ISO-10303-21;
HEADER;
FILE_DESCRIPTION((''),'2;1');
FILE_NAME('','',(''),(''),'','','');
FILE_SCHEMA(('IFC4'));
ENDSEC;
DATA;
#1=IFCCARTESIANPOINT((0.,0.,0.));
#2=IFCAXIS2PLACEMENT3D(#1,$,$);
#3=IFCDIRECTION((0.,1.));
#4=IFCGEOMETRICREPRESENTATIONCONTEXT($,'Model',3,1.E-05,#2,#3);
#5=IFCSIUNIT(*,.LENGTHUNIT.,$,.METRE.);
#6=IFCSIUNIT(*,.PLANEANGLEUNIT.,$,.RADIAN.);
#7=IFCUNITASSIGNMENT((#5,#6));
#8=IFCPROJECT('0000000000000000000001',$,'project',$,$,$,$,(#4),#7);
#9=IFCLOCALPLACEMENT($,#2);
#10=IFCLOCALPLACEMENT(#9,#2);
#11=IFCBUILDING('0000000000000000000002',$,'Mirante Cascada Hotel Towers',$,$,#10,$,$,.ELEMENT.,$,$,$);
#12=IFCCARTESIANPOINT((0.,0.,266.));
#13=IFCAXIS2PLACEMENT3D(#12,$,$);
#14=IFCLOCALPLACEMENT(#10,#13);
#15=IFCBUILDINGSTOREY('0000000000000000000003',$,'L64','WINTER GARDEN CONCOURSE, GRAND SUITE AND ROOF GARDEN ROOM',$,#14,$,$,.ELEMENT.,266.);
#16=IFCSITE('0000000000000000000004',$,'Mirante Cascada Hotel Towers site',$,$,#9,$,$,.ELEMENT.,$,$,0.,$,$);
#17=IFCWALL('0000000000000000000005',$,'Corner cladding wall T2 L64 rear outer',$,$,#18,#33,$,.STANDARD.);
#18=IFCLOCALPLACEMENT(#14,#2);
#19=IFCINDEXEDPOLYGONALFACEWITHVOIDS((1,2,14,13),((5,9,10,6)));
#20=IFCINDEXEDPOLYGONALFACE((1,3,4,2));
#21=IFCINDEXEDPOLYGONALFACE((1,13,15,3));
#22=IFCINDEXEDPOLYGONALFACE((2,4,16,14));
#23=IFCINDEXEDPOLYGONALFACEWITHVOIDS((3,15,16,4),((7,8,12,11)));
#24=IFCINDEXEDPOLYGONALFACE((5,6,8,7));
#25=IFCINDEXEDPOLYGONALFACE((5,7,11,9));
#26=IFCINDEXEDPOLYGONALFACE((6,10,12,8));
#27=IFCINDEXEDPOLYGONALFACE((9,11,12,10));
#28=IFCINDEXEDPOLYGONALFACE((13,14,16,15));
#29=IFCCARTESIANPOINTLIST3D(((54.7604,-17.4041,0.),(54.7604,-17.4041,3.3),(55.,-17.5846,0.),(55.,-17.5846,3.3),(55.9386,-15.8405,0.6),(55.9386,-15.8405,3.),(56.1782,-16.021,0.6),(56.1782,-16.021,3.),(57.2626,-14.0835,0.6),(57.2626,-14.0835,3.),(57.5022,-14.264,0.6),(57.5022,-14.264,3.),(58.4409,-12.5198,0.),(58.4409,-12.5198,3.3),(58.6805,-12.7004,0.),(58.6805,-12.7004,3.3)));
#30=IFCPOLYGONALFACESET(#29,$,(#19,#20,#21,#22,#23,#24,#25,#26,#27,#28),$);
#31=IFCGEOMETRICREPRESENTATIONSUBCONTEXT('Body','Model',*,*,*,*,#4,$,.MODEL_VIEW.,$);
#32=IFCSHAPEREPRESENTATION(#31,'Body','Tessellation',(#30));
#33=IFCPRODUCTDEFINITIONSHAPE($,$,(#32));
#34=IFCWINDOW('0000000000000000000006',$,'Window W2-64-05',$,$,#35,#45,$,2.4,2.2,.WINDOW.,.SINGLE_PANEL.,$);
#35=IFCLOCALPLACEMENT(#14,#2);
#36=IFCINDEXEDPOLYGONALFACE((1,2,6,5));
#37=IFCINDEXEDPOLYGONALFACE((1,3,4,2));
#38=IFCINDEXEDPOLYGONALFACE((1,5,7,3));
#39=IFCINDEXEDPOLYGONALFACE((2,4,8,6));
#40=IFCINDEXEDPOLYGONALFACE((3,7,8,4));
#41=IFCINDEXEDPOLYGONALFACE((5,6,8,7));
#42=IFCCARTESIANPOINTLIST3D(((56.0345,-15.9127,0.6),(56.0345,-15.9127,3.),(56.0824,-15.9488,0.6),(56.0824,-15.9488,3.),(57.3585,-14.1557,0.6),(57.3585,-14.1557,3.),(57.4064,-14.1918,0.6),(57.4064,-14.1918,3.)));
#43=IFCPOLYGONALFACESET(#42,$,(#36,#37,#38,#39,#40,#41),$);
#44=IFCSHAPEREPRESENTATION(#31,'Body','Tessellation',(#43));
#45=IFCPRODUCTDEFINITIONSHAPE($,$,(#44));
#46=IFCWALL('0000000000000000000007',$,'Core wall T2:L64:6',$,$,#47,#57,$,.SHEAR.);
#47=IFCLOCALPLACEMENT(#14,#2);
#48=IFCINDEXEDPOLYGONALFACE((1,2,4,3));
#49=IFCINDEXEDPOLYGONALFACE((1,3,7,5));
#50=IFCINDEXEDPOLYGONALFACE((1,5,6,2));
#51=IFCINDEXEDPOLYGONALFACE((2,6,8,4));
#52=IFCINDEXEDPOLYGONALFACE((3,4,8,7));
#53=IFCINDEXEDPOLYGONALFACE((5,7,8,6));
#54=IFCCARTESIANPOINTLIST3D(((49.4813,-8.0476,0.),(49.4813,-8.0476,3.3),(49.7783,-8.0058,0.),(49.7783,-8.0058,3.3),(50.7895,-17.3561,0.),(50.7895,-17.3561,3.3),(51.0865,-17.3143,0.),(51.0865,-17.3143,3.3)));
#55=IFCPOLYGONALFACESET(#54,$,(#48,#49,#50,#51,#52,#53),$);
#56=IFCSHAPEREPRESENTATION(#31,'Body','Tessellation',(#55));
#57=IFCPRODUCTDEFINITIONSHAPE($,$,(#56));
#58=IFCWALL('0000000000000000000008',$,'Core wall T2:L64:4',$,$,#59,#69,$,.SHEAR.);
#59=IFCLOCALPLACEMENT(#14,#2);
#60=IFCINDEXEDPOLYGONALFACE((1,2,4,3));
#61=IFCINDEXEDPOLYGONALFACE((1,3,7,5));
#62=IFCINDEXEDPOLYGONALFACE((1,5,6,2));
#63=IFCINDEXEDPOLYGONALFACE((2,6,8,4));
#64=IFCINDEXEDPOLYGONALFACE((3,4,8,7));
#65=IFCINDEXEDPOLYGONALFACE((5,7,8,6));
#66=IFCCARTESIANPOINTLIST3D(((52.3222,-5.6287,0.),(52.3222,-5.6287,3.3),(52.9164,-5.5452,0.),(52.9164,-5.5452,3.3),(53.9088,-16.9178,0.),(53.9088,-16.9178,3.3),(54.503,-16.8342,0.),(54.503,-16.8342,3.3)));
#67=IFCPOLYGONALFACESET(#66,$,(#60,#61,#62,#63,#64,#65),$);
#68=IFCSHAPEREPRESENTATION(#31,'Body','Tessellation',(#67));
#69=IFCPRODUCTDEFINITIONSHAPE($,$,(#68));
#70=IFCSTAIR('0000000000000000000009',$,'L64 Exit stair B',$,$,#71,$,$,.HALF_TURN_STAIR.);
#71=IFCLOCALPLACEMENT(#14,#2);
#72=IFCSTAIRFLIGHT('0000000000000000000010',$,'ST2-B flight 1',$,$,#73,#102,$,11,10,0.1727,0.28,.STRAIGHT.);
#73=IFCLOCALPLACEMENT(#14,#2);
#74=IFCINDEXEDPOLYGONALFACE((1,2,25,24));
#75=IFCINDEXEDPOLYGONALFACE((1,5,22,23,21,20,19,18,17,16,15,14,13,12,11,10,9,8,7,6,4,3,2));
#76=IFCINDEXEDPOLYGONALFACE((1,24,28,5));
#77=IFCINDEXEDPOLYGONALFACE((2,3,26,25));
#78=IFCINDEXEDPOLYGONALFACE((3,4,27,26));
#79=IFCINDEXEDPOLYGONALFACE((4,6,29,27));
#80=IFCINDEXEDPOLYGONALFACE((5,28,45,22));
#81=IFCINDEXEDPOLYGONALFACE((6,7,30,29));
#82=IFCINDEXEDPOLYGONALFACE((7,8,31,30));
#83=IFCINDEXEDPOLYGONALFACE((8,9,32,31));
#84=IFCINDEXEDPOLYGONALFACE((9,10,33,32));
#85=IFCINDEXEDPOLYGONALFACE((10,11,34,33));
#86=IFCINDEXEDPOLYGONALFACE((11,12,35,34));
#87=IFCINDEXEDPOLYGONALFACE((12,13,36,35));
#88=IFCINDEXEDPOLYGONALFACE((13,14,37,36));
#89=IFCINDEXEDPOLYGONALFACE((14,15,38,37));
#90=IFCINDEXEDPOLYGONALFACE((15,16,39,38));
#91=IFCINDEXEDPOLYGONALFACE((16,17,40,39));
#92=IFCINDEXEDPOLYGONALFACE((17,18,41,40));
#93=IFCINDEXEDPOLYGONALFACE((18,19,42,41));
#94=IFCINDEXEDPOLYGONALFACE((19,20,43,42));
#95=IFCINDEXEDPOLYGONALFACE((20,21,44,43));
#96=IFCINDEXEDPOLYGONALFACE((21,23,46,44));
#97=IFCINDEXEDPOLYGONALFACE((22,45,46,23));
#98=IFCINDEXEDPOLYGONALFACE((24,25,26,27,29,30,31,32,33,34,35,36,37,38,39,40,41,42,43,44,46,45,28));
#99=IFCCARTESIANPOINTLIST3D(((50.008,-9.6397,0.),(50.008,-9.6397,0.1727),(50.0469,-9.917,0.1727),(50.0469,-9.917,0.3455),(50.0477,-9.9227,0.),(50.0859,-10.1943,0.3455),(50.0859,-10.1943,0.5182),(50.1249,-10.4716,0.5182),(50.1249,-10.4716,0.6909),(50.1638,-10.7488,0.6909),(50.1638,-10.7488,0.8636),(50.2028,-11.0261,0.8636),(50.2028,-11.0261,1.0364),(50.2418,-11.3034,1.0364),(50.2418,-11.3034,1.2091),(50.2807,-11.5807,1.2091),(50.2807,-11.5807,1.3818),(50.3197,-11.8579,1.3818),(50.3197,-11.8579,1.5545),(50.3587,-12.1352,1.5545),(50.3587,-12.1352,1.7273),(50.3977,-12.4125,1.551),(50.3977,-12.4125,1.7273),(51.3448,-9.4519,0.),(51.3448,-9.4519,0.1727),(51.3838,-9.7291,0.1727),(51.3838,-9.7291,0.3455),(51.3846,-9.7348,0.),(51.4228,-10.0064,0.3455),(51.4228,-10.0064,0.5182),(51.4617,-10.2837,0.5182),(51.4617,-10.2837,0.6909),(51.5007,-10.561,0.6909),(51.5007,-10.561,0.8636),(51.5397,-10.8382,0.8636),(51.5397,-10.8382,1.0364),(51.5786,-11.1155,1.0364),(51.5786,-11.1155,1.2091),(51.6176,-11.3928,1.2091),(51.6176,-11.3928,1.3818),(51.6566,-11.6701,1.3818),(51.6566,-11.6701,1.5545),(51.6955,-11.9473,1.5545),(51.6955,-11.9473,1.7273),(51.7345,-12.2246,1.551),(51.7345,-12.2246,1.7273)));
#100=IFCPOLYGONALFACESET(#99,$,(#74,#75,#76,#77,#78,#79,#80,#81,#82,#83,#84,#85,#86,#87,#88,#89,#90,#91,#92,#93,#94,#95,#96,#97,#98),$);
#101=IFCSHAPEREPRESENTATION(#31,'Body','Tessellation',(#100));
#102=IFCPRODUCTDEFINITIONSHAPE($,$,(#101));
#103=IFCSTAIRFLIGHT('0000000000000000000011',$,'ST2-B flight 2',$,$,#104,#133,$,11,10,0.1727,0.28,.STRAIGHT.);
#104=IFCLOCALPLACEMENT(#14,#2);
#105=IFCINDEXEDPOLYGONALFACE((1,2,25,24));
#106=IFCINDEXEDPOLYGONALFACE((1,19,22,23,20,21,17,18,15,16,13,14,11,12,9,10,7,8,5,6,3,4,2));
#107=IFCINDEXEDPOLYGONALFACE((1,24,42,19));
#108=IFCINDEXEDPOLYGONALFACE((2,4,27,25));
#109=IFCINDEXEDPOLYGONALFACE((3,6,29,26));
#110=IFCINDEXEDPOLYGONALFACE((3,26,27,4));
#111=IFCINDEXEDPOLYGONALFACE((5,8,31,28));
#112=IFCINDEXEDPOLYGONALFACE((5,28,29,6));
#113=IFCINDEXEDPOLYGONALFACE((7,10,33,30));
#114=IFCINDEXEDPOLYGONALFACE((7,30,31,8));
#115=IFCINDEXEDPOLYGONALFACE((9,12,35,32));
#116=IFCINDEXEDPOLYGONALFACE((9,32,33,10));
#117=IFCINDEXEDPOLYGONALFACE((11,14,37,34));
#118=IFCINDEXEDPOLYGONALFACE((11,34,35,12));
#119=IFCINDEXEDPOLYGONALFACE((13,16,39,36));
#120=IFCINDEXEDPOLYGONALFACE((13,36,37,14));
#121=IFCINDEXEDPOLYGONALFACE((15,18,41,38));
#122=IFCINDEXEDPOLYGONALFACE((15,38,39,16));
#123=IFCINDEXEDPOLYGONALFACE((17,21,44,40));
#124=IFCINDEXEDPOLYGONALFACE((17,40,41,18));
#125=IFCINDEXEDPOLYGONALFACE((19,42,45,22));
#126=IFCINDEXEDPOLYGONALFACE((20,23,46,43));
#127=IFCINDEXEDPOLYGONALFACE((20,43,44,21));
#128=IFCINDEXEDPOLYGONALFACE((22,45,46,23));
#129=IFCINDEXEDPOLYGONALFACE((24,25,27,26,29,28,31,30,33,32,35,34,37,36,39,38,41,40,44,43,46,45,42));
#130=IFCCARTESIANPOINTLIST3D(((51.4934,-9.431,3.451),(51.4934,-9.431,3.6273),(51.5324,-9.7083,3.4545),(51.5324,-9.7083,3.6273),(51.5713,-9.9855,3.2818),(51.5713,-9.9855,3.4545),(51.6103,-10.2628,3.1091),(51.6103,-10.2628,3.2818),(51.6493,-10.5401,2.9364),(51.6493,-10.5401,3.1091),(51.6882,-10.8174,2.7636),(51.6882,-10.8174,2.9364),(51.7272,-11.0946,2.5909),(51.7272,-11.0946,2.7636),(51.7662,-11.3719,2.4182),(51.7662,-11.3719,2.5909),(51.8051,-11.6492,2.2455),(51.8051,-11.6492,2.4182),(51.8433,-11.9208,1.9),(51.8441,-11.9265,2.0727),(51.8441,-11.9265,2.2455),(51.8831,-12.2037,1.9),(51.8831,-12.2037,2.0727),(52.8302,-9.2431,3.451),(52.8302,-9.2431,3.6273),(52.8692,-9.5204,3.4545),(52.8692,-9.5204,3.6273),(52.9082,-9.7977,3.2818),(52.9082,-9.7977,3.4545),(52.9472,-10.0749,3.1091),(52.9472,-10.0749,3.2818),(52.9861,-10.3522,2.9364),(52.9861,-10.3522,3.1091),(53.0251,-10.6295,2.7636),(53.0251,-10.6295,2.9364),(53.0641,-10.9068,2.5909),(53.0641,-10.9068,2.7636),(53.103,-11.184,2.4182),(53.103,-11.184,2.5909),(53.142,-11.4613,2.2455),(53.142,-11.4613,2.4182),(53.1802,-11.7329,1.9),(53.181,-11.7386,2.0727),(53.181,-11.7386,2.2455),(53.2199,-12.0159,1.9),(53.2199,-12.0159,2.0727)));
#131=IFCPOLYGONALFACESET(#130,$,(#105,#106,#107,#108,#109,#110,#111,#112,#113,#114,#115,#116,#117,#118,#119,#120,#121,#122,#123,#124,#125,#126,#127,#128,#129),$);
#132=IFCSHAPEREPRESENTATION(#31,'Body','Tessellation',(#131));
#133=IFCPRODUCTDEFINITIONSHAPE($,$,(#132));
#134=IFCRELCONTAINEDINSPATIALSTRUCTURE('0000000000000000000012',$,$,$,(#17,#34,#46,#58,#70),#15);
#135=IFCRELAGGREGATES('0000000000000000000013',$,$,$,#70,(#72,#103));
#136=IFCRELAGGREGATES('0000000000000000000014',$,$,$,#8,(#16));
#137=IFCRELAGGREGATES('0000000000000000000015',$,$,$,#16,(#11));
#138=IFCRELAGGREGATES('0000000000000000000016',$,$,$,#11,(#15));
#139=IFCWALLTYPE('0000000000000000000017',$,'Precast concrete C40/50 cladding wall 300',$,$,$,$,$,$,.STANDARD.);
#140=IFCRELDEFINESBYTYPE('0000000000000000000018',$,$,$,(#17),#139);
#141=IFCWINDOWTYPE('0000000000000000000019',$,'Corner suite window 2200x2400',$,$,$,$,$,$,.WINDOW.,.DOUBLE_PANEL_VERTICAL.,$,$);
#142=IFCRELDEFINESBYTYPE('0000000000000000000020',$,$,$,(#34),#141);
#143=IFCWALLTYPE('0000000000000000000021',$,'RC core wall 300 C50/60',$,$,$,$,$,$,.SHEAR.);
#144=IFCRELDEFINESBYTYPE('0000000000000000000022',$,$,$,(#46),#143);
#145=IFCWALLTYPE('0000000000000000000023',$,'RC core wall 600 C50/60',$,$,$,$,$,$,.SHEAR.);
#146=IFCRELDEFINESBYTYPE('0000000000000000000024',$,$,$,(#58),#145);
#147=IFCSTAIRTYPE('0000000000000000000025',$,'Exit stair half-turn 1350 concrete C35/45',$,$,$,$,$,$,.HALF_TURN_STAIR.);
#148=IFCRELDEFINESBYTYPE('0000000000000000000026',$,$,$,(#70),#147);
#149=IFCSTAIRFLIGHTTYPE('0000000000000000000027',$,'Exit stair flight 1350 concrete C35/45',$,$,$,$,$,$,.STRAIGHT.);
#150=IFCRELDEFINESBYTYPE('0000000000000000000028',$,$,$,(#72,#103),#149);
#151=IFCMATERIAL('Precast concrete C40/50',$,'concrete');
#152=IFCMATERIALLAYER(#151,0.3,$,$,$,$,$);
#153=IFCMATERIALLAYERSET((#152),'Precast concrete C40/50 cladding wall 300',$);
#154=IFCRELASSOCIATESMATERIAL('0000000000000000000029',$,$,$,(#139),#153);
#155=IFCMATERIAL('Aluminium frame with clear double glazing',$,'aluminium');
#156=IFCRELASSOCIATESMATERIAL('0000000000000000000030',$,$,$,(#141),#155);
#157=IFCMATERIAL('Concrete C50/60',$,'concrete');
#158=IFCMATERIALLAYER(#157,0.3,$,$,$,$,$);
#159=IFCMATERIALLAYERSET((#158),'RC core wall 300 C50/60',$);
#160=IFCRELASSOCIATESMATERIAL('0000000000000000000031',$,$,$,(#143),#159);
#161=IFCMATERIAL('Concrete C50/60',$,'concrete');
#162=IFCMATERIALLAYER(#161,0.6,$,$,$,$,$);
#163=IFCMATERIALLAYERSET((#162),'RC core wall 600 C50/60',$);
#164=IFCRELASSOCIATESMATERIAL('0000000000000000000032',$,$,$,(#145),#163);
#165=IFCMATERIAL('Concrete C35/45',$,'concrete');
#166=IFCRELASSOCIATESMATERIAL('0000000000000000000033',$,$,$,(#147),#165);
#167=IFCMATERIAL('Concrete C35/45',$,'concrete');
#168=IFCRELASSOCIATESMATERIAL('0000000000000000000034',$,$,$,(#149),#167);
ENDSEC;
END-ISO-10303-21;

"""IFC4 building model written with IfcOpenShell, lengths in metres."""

from ifc_helpers import new_model, si_unit, direction, frame, frame_2d, origin, place, context, subcontext, project, spatial, polyline, rectangle, outline, extrude, material, layer, layer_set, type_object, element, fill, aggregate, save


model = new_model("IFC4")

# Units and contexts
model_context = context("Model", 3, precision=1e-05, world=origin(), true_north=direction((0.0, 1.0)))
body_context = subcontext(model_context, "Body", "Model", "MODEL_VIEW")
ifc_project = project(units=[si_unit("LENGTHUNIT", "METRE"), si_unit("PLANEANGLEUNIT", "RADIAN")], contexts=[model_context])

# Site, building, storey
site_placement = place(None, origin())
site = spatial("IfcSite", under=ifc_project, at=site_placement, Name="Mirante Cascada Hotel Towers site", CompositionType="ELEMENT", RefElevation=0.0)
building_placement = place(site_placement, origin())
building = spatial("IfcBuilding", under=site, at=building_placement, Name="Mirante Cascada Hotel Towers", CompositionType="ELEMENT")
storey_placement = place(building_placement, frame((0.0, 0.0, 266.0)))
storey = spatial("IfcBuildingStorey", under=building, at=storey_placement, Name="L64", Description="WINTER GARDEN CONCOURSE, GRAND SUITE AND ROOF GARDEN ROOM", CompositionType="ELEMENT", Elevation=266.0)

# Wall, opening, window
ifc_material_1 = material(Name="Precast concrete C40/50", Category="concrete")
ifc_layer_1 = layer(ifc_material_1, 0.3)
ifc_layer_set_1 = layer_set([ifc_layer_1], Name="Precast concrete C40/50 cladding wall 300")
wall_type_1 = type_object("IfcWallType", Name="Precast concrete C40/50 cladding wall 300", PredefinedType="STANDARD", material=ifc_layer_set_1)
wall_1_placement = place(storey_placement, frame((54.8802, -17.4943, 0.0), z_axis=(0.0, 0.0, 1.0), x_axis=(0.601814, 0.798636, 0.0)))
wall_1 = element("IfcWall", 1, at=wall_1_placement, inside=storey, type_object=wall_type_1, Name="Corner cladding wall T2 L64 rear outer", PredefinedType="STANDARD", context=body_context, shape_type="SweptSolid", body=[
    extrude(rectangle(XDim=6.1157, YDim=0.3, at=frame_2d((3.0578, 0.0))), origin(), (0.0, 0.0, 1.0), 3.3),
])
opening_1_placement = place(wall_1_placement, frame((1.9578, 0.0, 0.6)))
opening_1 = element("IfcOpeningElement", 2, at=opening_1_placement, cuts=wall_1, PredefinedType="OPENING", context=body_context, shape_type="SweptSolid", body=[
    extrude(rectangle(XDim=2.2, YDim=2.4, at=frame_2d((1.1, 1.2))), frame((0.0, 0.15, 0.0), z_axis=(0.0, -1.0, 0.0), x_axis=(1.0, 0.0, 0.0)), (0.0, 0.0, 1.0), 0.3),
])
ifc_material_2 = material(Name="Aluminium frame with clear double glazing", Category="aluminium")
window_type = type_object("IfcWindowType", Name="Corner suite window 2200x2400", PartitioningType="DOUBLE_PANEL_VERTICAL", PredefinedType="WINDOW", material=ifc_material_2)
window_placement = place(opening_1_placement, origin())
window = element("IfcWindow", 3, at=window_placement, inside=storey, type_object=window_type, Name="Window W2-64-05", OverallHeight=2.4, OverallWidth=2.2, PartitioningType="SINGLE_PANEL", PredefinedType="WINDOW", context=body_context, shape_type="SweptSolid", body=[
    extrude(rectangle(XDim=2.2, YDim=2.4, at=frame_2d((1.1, 1.2))), frame((0.0, 0.03, 0.0), z_axis=(0.0, -1.0, 0.0), x_axis=(1.0, 0.0, 0.0)), (0.0, 0.0, 1.0), 0.06),
])
fill(opening_1, window)

# Walls
ifc_material_3 = material(Name="Concrete C50/60", Category="concrete")
ifc_layer_2 = layer(ifc_material_3, 0.3)
ifc_layer_set_2 = layer_set([ifc_layer_2], Name="RC core wall 300 C50/60")
wall_type_2 = type_object("IfcWallType", Name="RC core wall 300 C50/60", PredefinedType="SHEAR", material=ifc_layer_set_2)
wall_2_placement = place(storey_placement, frame((50.938, -17.3352, 0.0), z_axis=(0.0, 0.0, 1.0), x_axis=(-0.139171, 0.990268, 0.0)))
element("IfcWall", 4, at=wall_2_placement, inside=storey, type_object=wall_type_2, Name="Core wall T2:L64:6", PredefinedType="SHEAR", context=body_context, shape_type="SweptSolid", body=[
    extrude(rectangle(XDim=9.4, YDim=0.3, at=frame_2d((4.7, 0.0))), origin(), (0.0, 0.0, 1.0), 3.3),
])
ifc_material_4 = material(Name="Concrete C50/60", Category="concrete")
ifc_layer_3 = layer(ifc_material_4, 0.6)
ifc_layer_set_3 = layer_set([ifc_layer_3], Name="RC core wall 600 C50/60")
wall_type_3 = type_object("IfcWallType", Name="RC core wall 600 C50/60", PredefinedType="SHEAR", material=ifc_layer_set_3)
wall_3_placement = place(storey_placement, frame((54.2059, -16.876, 0.0), z_axis=(0.0, 0.0, 1.0), x_axis=(-0.139175, 0.990268, 0.0)))
element("IfcWall", 5, at=wall_3_placement, inside=storey, type_object=wall_type_3, Name="Core wall T2:L64:4", PredefinedType="SHEAR", context=body_context, shape_type="SweptSolid", body=[
    extrude(rectangle(XDim=11.4, YDim=0.6, at=frame_2d((5.7, 0.0))), origin(), (0.0, 0.0, 1.0), 3.3),
])

# Stair, stair flights
ifc_material_5 = material(Name="Concrete C35/45", Category="concrete")
stair_type = type_object("IfcStairType", Name="Exit stair half-turn 1350 concrete C35/45", PredefinedType="HALF_TURN_STAIR", material=ifc_material_5)
stair_placement = place(storey_placement, origin())
stair = element("IfcStair", 6, at=stair_placement, inside=storey, type_object=stair_type, Name="L64 Exit stair B", PredefinedType="HALF_TURN_STAIR")
ifc_material_6 = material(Name="Concrete C35/45", Category="concrete")
stair_flight_type = type_object("IfcStairFlightType", Name="Exit stair flight 1350 concrete C35/45", PredefinedType="STRAIGHT", material=ifc_material_6)
stair_flight_1_placement = place(storey_placement, frame((50.6764, -9.5458, 0.0), z_axis=(0.0, 0.0, 1.0), x_axis=(0.139173, -0.990268, 0.0)))
stair_flight_1 = element("IfcStairFlight", 7, at=stair_flight_1_placement, type_object=stair_flight_type, Name="ST2-B flight 1", NumberOfRisers=11, NumberOfTreads=10, PredefinedType="STRAIGHT", RiserHeight=0.1727, TreadLength=0.28, context=body_context, shape_type="SweptSolid", body=[
    extrude(outline(polyline([(0.0, 0.0), (0.0, 0.1727), (0.28, 0.1727), (0.28, 0.3455), (0.56, 0.3455), (0.56, 0.5182), (0.84, 0.5182), (0.84, 0.6909), (1.12, 0.6909), (1.12, 0.8636), (1.4, 0.8636), (1.4, 1.0364), (1.68, 1.0364), (1.68, 1.2091), (1.96, 1.2091), (1.96, 1.3818), (2.24, 1.3818), (2.24, 1.5545), (2.52, 1.5545), (2.52, 1.7273), (2.8, 1.7273), (2.8, 1.9), (2.8, 1.551), (0.2857, 0.0), (0.0, 0.0)])), frame((0.0, 0.675, 0.0), z_axis=(0.0, -1.0, 0.0), x_axis=(1.0, 0.0, 0.0)), (0.0, 0.0, 1.0), 1.35),
])
stair_flight_2_placement = place(storey_placement, frame((52.5515, -12.1098, 1.9), z_axis=(0.0, 0.0, 1.0), x_axis=(-0.139173, 0.990268, 0.0)))
stair_flight_2 = element("IfcStairFlight", 8, at=stair_flight_2_placement, type_object=stair_flight_type, Name="ST2-B flight 2", NumberOfRisers=11, NumberOfTreads=10, PredefinedType="STRAIGHT", RiserHeight=0.1727, TreadLength=0.28, context=body_context, shape_type="SweptSolid", body=[
    extrude(outline(polyline([(0.0, 0.0), (0.0, 0.1727), (0.28, 0.1727), (0.28, 0.3455), (0.56, 0.3455), (0.56, 0.5182), (0.84, 0.5182), (0.84, 0.6909), (1.12, 0.6909), (1.12, 0.8636), (1.4, 0.8636), (1.4, 1.0364), (1.68, 1.0364), (1.68, 1.2091), (1.96, 1.2091), (1.96, 1.3818), (2.24, 1.3818), (2.24, 1.5545), (2.52, 1.5545), (2.52, 1.7273), (2.8, 1.7273), (2.8, 1.9), (2.8, 1.551), (0.2857, 0.0), (0.0, 0.0)])), frame((0.0, 0.675, 0.0), z_axis=(0.0, -1.0, 0.0), x_axis=(1.0, 0.0, 0.0)), (0.0, 0.0, 1.0), 1.35),
])
aggregate(stair, [stair_flight_1, stair_flight_2])

save(model, "model.ifc")
